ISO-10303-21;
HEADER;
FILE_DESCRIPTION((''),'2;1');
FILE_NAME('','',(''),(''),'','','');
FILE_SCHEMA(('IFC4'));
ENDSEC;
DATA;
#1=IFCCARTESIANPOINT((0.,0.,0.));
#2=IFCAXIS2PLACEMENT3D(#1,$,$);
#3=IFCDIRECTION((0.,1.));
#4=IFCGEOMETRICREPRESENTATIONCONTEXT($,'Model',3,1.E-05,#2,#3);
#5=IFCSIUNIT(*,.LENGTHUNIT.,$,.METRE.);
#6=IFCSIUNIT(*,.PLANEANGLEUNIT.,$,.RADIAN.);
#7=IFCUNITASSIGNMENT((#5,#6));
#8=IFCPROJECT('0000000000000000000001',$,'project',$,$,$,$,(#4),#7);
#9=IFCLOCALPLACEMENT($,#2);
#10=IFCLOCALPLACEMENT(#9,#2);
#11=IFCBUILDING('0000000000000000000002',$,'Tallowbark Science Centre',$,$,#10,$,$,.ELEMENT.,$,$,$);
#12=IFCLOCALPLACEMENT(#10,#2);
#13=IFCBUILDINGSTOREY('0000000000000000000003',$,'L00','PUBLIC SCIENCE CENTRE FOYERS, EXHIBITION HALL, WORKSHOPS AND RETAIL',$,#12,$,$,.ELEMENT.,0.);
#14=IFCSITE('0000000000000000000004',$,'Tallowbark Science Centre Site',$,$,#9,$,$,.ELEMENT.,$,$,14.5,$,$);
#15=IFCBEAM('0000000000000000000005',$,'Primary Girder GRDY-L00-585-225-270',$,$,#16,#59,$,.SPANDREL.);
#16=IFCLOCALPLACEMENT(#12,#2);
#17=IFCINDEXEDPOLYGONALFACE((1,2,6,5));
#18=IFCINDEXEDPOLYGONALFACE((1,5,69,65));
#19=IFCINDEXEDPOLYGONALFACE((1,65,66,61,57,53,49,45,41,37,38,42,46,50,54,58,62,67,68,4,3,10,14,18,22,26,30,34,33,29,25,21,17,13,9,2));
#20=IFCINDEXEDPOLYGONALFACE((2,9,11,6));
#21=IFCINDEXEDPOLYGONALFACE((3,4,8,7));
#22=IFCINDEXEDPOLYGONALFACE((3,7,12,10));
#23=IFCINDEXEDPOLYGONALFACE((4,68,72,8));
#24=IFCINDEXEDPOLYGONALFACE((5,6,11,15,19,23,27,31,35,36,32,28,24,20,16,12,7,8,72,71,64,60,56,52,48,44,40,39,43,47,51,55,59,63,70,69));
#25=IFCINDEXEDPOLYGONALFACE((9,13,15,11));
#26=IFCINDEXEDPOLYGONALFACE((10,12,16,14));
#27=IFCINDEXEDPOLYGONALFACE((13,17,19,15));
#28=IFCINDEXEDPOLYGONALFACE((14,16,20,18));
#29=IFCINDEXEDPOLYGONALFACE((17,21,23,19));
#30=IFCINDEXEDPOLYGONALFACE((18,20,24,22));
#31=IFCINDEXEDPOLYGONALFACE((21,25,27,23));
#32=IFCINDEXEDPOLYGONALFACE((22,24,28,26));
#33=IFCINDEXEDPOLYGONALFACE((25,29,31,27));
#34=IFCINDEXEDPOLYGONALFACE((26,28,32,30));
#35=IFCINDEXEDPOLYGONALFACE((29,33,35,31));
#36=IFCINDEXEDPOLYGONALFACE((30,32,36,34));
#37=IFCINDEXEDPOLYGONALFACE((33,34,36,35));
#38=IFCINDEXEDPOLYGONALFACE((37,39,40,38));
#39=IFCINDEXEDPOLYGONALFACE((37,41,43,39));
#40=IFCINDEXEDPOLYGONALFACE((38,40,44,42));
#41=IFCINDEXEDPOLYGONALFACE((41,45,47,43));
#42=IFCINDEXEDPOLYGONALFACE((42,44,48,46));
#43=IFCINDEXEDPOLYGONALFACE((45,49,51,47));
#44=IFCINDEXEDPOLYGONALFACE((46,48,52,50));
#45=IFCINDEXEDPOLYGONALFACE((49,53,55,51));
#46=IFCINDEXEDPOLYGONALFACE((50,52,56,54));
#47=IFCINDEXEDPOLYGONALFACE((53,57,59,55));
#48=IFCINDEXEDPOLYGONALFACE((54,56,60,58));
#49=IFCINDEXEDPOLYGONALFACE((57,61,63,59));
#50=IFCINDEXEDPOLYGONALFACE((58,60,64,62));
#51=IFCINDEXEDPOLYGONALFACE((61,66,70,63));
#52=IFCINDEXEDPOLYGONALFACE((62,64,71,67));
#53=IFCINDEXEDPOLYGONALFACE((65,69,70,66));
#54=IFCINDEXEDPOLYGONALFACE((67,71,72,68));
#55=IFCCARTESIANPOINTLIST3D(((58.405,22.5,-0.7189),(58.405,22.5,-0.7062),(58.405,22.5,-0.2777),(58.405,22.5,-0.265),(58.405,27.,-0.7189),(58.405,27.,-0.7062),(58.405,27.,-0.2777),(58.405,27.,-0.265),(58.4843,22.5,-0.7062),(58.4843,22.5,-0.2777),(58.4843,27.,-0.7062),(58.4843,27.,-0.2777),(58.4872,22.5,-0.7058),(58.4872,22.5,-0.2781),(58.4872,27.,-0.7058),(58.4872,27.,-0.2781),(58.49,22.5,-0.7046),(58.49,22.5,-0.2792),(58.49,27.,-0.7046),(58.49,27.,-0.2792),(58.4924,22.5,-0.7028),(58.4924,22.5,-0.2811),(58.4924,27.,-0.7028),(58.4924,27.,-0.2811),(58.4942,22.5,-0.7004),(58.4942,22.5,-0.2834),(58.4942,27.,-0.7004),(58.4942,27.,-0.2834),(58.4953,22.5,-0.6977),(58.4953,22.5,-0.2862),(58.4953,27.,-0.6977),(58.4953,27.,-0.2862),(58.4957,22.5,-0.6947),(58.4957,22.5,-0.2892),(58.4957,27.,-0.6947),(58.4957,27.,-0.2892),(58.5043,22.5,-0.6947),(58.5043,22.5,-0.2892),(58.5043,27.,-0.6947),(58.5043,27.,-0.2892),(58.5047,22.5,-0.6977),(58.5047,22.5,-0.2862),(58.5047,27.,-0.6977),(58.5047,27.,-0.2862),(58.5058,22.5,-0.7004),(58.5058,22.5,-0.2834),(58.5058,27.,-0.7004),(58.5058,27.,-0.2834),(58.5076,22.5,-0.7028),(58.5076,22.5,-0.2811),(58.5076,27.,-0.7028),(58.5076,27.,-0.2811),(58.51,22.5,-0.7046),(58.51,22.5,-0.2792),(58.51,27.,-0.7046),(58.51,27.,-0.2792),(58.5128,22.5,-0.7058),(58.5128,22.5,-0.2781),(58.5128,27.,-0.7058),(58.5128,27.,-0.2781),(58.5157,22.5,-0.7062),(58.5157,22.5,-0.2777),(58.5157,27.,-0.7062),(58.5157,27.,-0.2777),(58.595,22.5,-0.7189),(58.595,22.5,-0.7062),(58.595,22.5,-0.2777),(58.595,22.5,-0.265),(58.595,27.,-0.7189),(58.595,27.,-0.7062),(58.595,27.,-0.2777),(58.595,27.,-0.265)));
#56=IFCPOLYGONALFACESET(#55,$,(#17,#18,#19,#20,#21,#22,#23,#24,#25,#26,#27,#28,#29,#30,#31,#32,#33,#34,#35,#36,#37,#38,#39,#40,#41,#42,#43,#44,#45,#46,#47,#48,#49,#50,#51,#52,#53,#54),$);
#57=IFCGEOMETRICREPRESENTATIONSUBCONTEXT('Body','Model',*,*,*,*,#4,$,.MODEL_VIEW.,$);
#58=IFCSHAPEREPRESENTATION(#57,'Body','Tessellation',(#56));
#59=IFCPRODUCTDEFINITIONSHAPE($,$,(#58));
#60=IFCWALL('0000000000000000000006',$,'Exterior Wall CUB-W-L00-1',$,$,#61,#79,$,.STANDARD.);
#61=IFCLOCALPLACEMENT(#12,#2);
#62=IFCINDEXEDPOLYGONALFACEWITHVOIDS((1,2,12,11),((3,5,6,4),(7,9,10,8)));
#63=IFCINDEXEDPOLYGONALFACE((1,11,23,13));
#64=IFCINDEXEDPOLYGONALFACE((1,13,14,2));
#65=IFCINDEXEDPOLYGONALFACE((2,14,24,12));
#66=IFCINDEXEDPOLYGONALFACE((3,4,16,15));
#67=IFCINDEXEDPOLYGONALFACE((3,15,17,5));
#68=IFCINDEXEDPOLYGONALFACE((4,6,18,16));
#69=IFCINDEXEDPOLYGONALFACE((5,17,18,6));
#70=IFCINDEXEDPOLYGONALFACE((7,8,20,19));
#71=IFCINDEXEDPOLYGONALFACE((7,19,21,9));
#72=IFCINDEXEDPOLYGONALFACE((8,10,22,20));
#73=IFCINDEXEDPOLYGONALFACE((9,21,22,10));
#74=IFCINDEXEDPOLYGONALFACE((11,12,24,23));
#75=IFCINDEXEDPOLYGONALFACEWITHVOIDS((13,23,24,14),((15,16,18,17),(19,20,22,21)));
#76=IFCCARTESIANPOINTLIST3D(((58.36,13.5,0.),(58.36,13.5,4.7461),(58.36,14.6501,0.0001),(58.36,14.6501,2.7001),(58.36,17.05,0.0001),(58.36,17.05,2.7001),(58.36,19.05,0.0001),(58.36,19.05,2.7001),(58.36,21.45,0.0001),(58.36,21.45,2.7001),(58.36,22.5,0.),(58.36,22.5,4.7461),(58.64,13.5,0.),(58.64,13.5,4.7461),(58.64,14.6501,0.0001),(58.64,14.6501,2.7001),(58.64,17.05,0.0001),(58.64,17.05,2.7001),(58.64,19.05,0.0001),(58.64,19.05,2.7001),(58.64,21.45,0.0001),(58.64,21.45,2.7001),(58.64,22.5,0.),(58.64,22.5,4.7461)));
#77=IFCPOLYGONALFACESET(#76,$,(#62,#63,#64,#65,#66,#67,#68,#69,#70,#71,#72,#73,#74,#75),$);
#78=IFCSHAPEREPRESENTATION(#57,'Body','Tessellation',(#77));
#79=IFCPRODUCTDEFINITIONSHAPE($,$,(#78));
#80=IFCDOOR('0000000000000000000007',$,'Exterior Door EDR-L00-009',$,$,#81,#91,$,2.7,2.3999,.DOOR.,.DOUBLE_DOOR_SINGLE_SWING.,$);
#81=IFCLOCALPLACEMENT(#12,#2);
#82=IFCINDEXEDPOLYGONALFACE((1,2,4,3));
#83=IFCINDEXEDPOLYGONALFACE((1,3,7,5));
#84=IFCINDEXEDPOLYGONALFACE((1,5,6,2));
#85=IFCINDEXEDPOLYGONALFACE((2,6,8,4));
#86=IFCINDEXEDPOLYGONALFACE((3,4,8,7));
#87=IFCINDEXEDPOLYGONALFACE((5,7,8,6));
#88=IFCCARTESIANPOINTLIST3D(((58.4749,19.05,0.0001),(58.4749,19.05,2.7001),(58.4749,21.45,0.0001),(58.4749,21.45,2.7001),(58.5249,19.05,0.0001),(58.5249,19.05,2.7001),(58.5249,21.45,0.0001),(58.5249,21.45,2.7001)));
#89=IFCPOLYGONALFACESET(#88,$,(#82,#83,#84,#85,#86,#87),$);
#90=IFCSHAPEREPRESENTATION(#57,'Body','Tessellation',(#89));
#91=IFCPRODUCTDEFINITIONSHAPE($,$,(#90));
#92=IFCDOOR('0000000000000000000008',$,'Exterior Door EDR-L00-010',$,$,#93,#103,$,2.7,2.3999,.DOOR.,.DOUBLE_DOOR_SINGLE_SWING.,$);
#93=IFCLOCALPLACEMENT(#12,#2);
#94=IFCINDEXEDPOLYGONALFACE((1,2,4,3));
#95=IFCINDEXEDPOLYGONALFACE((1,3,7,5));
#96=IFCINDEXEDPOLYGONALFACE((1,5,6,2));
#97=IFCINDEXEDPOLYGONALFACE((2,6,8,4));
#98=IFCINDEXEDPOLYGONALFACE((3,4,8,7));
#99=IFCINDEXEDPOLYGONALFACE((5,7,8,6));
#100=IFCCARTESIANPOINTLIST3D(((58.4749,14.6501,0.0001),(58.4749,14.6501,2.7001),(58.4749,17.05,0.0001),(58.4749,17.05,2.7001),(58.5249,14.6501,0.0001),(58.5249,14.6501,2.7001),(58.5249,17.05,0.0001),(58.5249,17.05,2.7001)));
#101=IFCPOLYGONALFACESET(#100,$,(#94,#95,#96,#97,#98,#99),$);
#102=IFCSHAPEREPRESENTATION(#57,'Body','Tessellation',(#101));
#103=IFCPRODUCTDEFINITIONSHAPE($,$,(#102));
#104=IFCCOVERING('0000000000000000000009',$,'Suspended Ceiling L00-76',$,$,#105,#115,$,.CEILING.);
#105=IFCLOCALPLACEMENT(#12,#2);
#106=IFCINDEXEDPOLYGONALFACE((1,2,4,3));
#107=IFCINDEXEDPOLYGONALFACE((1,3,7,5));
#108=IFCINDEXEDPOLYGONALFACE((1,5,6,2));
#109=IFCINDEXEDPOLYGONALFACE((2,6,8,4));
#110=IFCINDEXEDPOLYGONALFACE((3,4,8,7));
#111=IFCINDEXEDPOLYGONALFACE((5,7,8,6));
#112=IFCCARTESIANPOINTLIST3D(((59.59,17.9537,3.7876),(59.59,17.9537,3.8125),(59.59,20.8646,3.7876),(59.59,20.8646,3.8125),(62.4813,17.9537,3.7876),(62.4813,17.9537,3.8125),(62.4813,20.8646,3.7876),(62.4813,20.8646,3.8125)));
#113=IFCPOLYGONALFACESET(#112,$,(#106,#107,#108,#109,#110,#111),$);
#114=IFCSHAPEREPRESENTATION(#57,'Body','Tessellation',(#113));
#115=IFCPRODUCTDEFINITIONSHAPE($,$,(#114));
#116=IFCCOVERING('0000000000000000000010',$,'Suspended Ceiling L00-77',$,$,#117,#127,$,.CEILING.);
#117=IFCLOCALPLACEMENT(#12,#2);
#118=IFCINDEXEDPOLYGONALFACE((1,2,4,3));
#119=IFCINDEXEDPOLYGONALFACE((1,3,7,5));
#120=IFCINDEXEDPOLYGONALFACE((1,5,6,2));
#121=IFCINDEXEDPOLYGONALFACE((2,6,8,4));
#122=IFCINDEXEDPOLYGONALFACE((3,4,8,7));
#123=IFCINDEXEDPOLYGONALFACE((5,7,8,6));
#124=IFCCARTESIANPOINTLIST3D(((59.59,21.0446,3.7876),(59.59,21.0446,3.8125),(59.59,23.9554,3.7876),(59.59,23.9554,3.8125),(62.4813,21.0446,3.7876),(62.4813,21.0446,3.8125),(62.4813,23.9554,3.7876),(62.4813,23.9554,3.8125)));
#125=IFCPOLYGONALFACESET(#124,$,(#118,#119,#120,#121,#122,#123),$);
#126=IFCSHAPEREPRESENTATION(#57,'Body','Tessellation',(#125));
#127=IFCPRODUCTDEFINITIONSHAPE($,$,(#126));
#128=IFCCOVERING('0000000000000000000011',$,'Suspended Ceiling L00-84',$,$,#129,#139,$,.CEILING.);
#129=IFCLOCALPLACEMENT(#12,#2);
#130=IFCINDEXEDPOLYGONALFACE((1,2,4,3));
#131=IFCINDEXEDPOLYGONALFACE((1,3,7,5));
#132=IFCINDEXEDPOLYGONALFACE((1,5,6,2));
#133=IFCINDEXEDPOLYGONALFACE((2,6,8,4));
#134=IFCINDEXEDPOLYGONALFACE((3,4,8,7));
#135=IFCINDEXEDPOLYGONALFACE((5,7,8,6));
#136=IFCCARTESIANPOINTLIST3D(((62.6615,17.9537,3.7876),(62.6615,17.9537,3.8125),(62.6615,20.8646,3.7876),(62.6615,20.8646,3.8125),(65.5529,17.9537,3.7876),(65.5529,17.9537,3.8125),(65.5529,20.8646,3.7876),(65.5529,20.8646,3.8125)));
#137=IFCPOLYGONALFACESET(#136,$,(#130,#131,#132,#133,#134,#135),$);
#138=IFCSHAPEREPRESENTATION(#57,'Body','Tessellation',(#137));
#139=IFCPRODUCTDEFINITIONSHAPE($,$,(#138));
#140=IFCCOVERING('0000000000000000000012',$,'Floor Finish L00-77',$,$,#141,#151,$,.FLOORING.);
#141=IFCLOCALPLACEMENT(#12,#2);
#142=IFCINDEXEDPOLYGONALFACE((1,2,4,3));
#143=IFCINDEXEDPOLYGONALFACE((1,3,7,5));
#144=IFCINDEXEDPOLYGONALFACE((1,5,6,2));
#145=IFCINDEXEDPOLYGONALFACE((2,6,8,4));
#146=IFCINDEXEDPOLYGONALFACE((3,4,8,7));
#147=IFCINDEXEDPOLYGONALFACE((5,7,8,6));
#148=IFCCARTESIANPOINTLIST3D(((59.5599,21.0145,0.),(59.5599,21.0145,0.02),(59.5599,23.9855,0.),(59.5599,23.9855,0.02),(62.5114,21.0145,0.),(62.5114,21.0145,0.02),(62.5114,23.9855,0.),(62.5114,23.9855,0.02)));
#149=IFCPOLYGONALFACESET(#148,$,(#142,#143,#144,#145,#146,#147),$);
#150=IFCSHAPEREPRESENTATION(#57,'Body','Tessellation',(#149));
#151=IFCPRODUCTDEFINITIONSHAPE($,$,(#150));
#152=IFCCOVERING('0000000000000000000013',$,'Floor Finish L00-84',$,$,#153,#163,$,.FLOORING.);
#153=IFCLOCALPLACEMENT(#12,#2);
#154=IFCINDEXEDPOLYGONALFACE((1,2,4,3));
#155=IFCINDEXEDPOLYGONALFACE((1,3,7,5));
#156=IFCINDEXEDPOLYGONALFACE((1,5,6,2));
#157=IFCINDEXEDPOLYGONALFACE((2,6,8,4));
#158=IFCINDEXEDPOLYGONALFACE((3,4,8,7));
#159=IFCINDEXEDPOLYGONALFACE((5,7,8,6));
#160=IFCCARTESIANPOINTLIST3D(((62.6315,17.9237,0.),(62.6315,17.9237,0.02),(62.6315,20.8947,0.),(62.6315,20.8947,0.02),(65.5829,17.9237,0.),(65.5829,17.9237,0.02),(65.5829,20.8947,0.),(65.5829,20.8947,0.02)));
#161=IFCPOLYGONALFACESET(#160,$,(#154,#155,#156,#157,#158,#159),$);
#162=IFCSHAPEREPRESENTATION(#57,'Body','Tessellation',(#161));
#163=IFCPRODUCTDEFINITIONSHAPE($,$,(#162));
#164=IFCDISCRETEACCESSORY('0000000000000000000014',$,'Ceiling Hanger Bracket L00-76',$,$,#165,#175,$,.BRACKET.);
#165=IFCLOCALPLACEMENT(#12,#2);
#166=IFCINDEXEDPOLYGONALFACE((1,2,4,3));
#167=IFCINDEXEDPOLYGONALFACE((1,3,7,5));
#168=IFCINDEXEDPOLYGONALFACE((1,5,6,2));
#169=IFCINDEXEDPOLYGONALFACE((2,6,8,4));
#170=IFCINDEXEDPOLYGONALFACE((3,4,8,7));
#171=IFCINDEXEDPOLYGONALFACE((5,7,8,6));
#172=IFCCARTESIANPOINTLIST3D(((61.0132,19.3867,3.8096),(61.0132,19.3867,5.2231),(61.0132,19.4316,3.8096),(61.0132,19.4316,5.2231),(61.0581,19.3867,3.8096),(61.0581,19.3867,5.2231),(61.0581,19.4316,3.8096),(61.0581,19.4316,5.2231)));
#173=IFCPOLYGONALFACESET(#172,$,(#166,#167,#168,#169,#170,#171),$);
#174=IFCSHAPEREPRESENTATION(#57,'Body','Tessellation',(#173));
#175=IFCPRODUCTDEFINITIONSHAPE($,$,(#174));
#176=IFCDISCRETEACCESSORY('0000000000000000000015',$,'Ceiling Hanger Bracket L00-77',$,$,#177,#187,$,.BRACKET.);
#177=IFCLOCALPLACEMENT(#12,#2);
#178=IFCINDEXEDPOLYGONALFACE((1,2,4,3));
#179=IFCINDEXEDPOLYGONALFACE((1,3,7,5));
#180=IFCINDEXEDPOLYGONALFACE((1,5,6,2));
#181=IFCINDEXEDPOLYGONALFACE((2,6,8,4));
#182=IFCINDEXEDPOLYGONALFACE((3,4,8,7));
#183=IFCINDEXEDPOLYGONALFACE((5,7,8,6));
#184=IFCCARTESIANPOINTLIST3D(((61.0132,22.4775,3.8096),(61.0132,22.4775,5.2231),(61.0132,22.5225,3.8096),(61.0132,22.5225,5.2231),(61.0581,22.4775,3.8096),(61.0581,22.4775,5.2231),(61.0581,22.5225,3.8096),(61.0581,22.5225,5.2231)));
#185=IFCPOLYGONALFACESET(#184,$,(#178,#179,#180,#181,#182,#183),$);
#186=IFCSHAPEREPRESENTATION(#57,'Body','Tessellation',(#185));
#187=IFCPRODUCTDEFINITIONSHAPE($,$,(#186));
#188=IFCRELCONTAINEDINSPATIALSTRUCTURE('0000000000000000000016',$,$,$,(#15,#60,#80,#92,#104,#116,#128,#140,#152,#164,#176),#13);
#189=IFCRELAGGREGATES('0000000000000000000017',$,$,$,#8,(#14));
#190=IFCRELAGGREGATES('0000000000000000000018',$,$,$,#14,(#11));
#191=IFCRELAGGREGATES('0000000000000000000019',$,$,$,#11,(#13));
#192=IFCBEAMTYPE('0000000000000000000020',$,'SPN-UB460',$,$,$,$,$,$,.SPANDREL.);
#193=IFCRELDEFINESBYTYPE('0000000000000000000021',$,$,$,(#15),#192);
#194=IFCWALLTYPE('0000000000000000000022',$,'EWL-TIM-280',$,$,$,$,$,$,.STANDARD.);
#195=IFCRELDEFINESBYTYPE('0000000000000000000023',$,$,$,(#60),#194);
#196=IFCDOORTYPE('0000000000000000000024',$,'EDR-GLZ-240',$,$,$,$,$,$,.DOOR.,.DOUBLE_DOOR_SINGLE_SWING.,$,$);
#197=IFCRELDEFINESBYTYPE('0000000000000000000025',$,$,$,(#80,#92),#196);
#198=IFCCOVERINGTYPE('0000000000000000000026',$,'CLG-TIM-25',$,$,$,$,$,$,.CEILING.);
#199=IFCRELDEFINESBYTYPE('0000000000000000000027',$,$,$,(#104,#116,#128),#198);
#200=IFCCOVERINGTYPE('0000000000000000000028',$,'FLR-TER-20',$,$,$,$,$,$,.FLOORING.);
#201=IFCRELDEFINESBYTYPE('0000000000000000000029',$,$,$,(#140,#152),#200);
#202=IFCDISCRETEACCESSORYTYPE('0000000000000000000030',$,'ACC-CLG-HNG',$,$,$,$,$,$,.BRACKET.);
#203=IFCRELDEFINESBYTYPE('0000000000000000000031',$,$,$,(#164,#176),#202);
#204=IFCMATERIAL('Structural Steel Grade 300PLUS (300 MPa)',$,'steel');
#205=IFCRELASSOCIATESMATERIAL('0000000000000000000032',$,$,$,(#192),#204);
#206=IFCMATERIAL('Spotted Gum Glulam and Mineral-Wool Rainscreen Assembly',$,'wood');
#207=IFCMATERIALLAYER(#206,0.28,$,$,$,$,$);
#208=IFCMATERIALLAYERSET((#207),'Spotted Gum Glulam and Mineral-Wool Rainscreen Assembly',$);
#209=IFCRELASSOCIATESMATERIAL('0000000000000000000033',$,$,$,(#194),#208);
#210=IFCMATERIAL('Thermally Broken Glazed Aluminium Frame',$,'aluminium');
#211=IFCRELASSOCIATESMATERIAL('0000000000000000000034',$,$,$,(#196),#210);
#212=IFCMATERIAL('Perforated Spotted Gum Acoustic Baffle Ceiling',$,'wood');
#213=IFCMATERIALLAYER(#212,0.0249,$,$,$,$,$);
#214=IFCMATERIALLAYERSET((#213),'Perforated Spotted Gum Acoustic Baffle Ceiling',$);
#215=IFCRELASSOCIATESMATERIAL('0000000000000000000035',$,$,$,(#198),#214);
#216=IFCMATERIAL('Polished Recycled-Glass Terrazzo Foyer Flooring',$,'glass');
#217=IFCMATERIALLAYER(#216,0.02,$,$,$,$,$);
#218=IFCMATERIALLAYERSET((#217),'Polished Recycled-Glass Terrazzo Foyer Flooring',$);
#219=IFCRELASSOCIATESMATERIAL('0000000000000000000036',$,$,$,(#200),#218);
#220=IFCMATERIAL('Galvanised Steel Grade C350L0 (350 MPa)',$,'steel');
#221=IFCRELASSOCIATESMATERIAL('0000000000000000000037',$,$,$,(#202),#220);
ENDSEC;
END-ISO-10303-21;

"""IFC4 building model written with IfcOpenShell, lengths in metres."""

from ifc_helpers import new_model, si_unit, direction, frame, frame_2d, origin, origin_2d, place, context, subcontext, project, spatial, rectangle, i_section, extrude, material, layer, layer_set, material_profile, profile_set, type_object, element, fill, save


model = new_model("IFC4")

# Units and contexts
model_context = context("Model", 3, precision=1e-05, world=origin(), true_north=direction((0.0, 1.0)))
body_context = subcontext(model_context, "Body", "Model", "MODEL_VIEW")
ifc_project = project(units=[si_unit("LENGTHUNIT", "METRE"), si_unit("PLANEANGLEUNIT", "RADIAN")], contexts=[model_context])

# Site, building, storey
site_placement = place(None, origin())
site = spatial("IfcSite", under=ifc_project, at=site_placement, Name="Tallowbark Science Centre Site", CompositionType="ELEMENT", RefElevation=14.5)
building_placement = place(site_placement, origin())
building = spatial("IfcBuilding", under=site, at=building_placement, Name="Tallowbark Science Centre", CompositionType="ELEMENT")
storey_placement = place(building_placement, origin())
storey = spatial("IfcBuildingStorey", under=building, at=storey_placement, Name="L00", Description="PUBLIC SCIENCE CENTRE FOYERS, EXHIBITION HALL, WORKSHOPS AND RETAIL", CompositionType="ELEMENT", Elevation=0.0)

# Shared definitions
ifc_material_1 = material(Name="Structural Steel Grade 300PLUS (300 MPa)", Category="steel")

# Beam
ifc_material_profile_1 = material_profile(ifc_material_1, i_section(OverallWidth=0.1899, OverallDepth=0.4539, WebThickness=0.0085, FlangeThickness=0.0127, FilletRadius=0.0115, at=origin_2d()), Name="460UB67.1")
ifc_profile_set_1 = profile_set([ifc_material_profile_1], Name="Structural Steel Grade 300PLUS (300 MPa)")
beam_type_1 = type_object("IfcBeamType", Name="SPN-UB460", PredefinedType="SPANDREL", material=ifc_profile_set_1)
beam_1_placement = place(storey_placement, frame((58.5, 22.5, -0.4919), z_axis=(0.0, 1.0, 0.0), x_axis=(-1.0, 0.0, 0.0)))
element("IfcBeam", 1, at=beam_1_placement, inside=storey, type_object=beam_type_1, Name="Primary Girder GRDY-L00-585-225-270", PredefinedType="SPANDREL", context=body_context, shape_type="SweptSolid", body=[
    extrude(i_section(OverallWidth=0.1899, OverallDepth=0.4539, WebThickness=0.0085, FlangeThickness=0.0127, FilletRadius=0.0115, at=origin_2d()), origin(), (0.0, 0.0, 1.0), 4.5),
])

# Wall, openings, doors
ifc_material_2 = material(Name="Spotted Gum Glulam and Mineral-Wool Rainscreen Assembly", Category="wood")
ifc_layer_1 = layer(ifc_material_2, 0.28)
ifc_layer_set_1 = layer_set([ifc_layer_1], Name="Spotted Gum Glulam and Mineral-Wool Rainscreen Assembly")
wall_type = type_object("IfcWallType", Name="EWL-TIM-280", PredefinedType="STANDARD", material=ifc_layer_set_1)
wall_placement = place(storey_placement, frame((58.5, 22.5, 0.0), z_axis=(0.0, 0.0, 1.0), x_axis=(0.0, -1.0, 0.0)))
wall = element("IfcWall", 2, at=wall_placement, inside=storey, type_object=wall_type, Name="Exterior Wall CUB-W-L00-1", PredefinedType="STANDARD", context=body_context, shape_type="SweptSolid", body=[
    extrude(rectangle(XDim=9.0, YDim=0.28, at=frame_2d((4.5, 0.0))), origin(), (0.0, 0.0, 1.0), 4.7461),
])
opening_1_placement = place(wall_placement, frame((1.05, 0.0, 0.0)))
opening_1 = element("IfcOpeningElement", 3, at=opening_1_placement, cuts=wall, PredefinedType="OPENING", context=body_context, shape_type="SweptSolid", body=[
    extrude(rectangle(XDim=2.3999, YDim=2.7, at=frame_2d((1.2, 1.3501))), frame((0.0, 0.1499, 0.0), z_axis=(0.0, -1.0, 0.0), x_axis=(1.0, 0.0, 0.0)), (0.0, 0.0, 1.0), 0.3),
])
opening_2_placement = place(wall_placement, frame((5.45, 0.0, 0.0)))
opening_2 = element("IfcOpeningElement", 4, at=opening_2_placement, cuts=wall, PredefinedType="OPENING", context=body_context, shape_type="SweptSolid", body=[
    extrude(rectangle(XDim=2.3999, YDim=2.7, at=frame_2d((1.2, 1.3501))), frame((0.0, 0.1499, 0.0), z_axis=(0.0, -1.0, 0.0), x_axis=(1.0, 0.0, 0.0)), (0.0, 0.0, 1.0), 0.3),
])
ifc_material_3 = material(Name="Thermally Broken Glazed Aluminium Frame", Category="aluminium")
door_type = type_object("IfcDoorType", Name="EDR-GLZ-240", OperationType="DOUBLE_DOOR_SINGLE_SWING", PredefinedType="DOOR", material=ifc_material_3)
door_1_placement = place(opening_1_placement, origin())
door_1 = element("IfcDoor", 5, at=door_1_placement, inside=storey, type_object=door_type, Name="Exterior Door EDR-L00-009", OperationType="DOUBLE_DOOR_SINGLE_SWING", OverallHeight=2.7, OverallWidth=2.3999, PredefinedType="DOOR", context=body_context, shape_type="SweptSolid", body=[
    extrude(rectangle(XDim=2.3999, YDim=2.7, at=frame_2d((1.2, 1.3501))), frame((0.0, 0.0249, 0.0), z_axis=(0.0, -1.0, 0.0), x_axis=(1.0, 0.0, 0.0)), (0.0, 0.0, 1.0), 0.05),
])
fill(opening_1, door_1)
door_2_placement = place(opening_2_placement, origin())
door_2 = element("IfcDoor", 6, at=door_2_placement, inside=storey, type_object=door_type, Name="Exterior Door EDR-L00-010", OperationType="DOUBLE_DOOR_SINGLE_SWING", OverallHeight=2.7, OverallWidth=2.3999, PredefinedType="DOOR", context=body_context, shape_type="SweptSolid", body=[
    extrude(rectangle(XDim=2.3999, YDim=2.7, at=frame_2d((1.2, 1.3501))), frame((0.0, 0.0249, 0.0), z_axis=(0.0, -1.0, 0.0), x_axis=(1.0, 0.0, 0.0)), (0.0, 0.0, 1.0), 0.05),
])
fill(opening_2, door_2)

# Coverings
ifc_material_4 = material(Name="Perforated Spotted Gum Acoustic Baffle Ceiling", Category="wood")
ifc_layer_2 = layer(ifc_material_4, 0.0249)
ifc_layer_set_2 = layer_set([ifc_layer_2], Name="Perforated Spotted Gum Acoustic Baffle Ceiling")
covering_type_1 = type_object("IfcCoveringType", Name="CLG-TIM-25", PredefinedType="CEILING", material=ifc_layer_set_2)
for number, where, z_axis, x_axis, name in (
    (7, (61.0356, 19.4092, 3.7876), (0.0, 0.0, 1.0), (1.0, 0.0, 0.0), "Suspended Ceiling L00-76"),
    (8, (61.0356, 22.5, 3.7876), (0.0, 0.0, 1.0), (1.0, 0.0, 0.0), "Suspended Ceiling L00-77"),
    (9, (64.1072, 19.4092, 3.7876), (0.0, 0.0, 1.0), (1.0, 0.0, 0.0), "Suspended Ceiling L00-84"),
):
    element("IfcCovering", number, at=place(storey_placement, frame(where, z_axis=z_axis, x_axis=x_axis)), inside=storey, type_object=covering_type_1, Name=name, PredefinedType="CEILING", context=body_context, shape_type="SweptSolid", body=[
        extrude(rectangle(XDim=2.8914, YDim=2.9109, at=origin_2d()), origin(), (0.0, 0.0, 1.0), 0.0249),
    ])
ifc_material_5 = material(Name="Polished Recycled-Glass Terrazzo Foyer Flooring", Category="glass")
ifc_layer_3 = layer(ifc_material_5, 0.02)
ifc_layer_set_3 = layer_set([ifc_layer_3], Name="Polished Recycled-Glass Terrazzo Foyer Flooring")
covering_type_2 = type_object("IfcCoveringType", Name="FLR-TER-20", PredefinedType="FLOORING", material=ifc_layer_set_3)
for number, where, z_axis, x_axis, name in (
    (10, (61.0356, 22.5, 0.0), (0.0, 0.0, 1.0), (1.0, 0.0, 0.0), "Floor Finish L00-77"),
    (11, (64.1072, 19.4092, 0.0), (0.0, 0.0, 1.0), (1.0, 0.0, 0.0), "Floor Finish L00-84"),
):
    element("IfcCovering", number, at=place(storey_placement, frame(where, z_axis=z_axis, x_axis=x_axis)), inside=storey, type_object=covering_type_2, Name=name, PredefinedType="FLOORING", context=body_context, shape_type="SweptSolid", body=[
        extrude(rectangle(XDim=2.9514, YDim=2.9709, at=origin_2d()), origin(), (0.0, 0.0, 1.0), 0.02),
    ])

# Discrete accessories
ifc_material_6 = material(Name="Galvanised Steel Grade C350L0 (350 MPa)", Category="steel")
discrete_accessory_type = type_object("IfcDiscreteAccessoryType", Name="ACC-CLG-HNG", PredefinedType="BRACKET", material=ifc_material_6)
for number, where, z_axis, x_axis, name in (
    (12, (61.0356, 19.4092, 3.8096), (0.0, 0.0, 1.0), (1.0, 0.0, 0.0), "Ceiling Hanger Bracket L00-76"),
    (13, (61.0356, 22.5, 3.8096), (0.0, 0.0, 1.0), (1.0, 0.0, 0.0), "Ceiling Hanger Bracket L00-77"),
):
    element("IfcDiscreteAccessory", number, at=place(storey_placement, frame(where, z_axis=z_axis, x_axis=x_axis)), inside=storey, type_object=discrete_accessory_type, Name=name, PredefinedType="BRACKET", context=body_context, shape_type="SweptSolid", body=[
        extrude(rectangle(XDim=0.0449, YDim=0.0449, at=origin_2d()), origin(), (0.0, 0.0, 1.0), 1.4136),
    ])

save(model, "model.ifc")
